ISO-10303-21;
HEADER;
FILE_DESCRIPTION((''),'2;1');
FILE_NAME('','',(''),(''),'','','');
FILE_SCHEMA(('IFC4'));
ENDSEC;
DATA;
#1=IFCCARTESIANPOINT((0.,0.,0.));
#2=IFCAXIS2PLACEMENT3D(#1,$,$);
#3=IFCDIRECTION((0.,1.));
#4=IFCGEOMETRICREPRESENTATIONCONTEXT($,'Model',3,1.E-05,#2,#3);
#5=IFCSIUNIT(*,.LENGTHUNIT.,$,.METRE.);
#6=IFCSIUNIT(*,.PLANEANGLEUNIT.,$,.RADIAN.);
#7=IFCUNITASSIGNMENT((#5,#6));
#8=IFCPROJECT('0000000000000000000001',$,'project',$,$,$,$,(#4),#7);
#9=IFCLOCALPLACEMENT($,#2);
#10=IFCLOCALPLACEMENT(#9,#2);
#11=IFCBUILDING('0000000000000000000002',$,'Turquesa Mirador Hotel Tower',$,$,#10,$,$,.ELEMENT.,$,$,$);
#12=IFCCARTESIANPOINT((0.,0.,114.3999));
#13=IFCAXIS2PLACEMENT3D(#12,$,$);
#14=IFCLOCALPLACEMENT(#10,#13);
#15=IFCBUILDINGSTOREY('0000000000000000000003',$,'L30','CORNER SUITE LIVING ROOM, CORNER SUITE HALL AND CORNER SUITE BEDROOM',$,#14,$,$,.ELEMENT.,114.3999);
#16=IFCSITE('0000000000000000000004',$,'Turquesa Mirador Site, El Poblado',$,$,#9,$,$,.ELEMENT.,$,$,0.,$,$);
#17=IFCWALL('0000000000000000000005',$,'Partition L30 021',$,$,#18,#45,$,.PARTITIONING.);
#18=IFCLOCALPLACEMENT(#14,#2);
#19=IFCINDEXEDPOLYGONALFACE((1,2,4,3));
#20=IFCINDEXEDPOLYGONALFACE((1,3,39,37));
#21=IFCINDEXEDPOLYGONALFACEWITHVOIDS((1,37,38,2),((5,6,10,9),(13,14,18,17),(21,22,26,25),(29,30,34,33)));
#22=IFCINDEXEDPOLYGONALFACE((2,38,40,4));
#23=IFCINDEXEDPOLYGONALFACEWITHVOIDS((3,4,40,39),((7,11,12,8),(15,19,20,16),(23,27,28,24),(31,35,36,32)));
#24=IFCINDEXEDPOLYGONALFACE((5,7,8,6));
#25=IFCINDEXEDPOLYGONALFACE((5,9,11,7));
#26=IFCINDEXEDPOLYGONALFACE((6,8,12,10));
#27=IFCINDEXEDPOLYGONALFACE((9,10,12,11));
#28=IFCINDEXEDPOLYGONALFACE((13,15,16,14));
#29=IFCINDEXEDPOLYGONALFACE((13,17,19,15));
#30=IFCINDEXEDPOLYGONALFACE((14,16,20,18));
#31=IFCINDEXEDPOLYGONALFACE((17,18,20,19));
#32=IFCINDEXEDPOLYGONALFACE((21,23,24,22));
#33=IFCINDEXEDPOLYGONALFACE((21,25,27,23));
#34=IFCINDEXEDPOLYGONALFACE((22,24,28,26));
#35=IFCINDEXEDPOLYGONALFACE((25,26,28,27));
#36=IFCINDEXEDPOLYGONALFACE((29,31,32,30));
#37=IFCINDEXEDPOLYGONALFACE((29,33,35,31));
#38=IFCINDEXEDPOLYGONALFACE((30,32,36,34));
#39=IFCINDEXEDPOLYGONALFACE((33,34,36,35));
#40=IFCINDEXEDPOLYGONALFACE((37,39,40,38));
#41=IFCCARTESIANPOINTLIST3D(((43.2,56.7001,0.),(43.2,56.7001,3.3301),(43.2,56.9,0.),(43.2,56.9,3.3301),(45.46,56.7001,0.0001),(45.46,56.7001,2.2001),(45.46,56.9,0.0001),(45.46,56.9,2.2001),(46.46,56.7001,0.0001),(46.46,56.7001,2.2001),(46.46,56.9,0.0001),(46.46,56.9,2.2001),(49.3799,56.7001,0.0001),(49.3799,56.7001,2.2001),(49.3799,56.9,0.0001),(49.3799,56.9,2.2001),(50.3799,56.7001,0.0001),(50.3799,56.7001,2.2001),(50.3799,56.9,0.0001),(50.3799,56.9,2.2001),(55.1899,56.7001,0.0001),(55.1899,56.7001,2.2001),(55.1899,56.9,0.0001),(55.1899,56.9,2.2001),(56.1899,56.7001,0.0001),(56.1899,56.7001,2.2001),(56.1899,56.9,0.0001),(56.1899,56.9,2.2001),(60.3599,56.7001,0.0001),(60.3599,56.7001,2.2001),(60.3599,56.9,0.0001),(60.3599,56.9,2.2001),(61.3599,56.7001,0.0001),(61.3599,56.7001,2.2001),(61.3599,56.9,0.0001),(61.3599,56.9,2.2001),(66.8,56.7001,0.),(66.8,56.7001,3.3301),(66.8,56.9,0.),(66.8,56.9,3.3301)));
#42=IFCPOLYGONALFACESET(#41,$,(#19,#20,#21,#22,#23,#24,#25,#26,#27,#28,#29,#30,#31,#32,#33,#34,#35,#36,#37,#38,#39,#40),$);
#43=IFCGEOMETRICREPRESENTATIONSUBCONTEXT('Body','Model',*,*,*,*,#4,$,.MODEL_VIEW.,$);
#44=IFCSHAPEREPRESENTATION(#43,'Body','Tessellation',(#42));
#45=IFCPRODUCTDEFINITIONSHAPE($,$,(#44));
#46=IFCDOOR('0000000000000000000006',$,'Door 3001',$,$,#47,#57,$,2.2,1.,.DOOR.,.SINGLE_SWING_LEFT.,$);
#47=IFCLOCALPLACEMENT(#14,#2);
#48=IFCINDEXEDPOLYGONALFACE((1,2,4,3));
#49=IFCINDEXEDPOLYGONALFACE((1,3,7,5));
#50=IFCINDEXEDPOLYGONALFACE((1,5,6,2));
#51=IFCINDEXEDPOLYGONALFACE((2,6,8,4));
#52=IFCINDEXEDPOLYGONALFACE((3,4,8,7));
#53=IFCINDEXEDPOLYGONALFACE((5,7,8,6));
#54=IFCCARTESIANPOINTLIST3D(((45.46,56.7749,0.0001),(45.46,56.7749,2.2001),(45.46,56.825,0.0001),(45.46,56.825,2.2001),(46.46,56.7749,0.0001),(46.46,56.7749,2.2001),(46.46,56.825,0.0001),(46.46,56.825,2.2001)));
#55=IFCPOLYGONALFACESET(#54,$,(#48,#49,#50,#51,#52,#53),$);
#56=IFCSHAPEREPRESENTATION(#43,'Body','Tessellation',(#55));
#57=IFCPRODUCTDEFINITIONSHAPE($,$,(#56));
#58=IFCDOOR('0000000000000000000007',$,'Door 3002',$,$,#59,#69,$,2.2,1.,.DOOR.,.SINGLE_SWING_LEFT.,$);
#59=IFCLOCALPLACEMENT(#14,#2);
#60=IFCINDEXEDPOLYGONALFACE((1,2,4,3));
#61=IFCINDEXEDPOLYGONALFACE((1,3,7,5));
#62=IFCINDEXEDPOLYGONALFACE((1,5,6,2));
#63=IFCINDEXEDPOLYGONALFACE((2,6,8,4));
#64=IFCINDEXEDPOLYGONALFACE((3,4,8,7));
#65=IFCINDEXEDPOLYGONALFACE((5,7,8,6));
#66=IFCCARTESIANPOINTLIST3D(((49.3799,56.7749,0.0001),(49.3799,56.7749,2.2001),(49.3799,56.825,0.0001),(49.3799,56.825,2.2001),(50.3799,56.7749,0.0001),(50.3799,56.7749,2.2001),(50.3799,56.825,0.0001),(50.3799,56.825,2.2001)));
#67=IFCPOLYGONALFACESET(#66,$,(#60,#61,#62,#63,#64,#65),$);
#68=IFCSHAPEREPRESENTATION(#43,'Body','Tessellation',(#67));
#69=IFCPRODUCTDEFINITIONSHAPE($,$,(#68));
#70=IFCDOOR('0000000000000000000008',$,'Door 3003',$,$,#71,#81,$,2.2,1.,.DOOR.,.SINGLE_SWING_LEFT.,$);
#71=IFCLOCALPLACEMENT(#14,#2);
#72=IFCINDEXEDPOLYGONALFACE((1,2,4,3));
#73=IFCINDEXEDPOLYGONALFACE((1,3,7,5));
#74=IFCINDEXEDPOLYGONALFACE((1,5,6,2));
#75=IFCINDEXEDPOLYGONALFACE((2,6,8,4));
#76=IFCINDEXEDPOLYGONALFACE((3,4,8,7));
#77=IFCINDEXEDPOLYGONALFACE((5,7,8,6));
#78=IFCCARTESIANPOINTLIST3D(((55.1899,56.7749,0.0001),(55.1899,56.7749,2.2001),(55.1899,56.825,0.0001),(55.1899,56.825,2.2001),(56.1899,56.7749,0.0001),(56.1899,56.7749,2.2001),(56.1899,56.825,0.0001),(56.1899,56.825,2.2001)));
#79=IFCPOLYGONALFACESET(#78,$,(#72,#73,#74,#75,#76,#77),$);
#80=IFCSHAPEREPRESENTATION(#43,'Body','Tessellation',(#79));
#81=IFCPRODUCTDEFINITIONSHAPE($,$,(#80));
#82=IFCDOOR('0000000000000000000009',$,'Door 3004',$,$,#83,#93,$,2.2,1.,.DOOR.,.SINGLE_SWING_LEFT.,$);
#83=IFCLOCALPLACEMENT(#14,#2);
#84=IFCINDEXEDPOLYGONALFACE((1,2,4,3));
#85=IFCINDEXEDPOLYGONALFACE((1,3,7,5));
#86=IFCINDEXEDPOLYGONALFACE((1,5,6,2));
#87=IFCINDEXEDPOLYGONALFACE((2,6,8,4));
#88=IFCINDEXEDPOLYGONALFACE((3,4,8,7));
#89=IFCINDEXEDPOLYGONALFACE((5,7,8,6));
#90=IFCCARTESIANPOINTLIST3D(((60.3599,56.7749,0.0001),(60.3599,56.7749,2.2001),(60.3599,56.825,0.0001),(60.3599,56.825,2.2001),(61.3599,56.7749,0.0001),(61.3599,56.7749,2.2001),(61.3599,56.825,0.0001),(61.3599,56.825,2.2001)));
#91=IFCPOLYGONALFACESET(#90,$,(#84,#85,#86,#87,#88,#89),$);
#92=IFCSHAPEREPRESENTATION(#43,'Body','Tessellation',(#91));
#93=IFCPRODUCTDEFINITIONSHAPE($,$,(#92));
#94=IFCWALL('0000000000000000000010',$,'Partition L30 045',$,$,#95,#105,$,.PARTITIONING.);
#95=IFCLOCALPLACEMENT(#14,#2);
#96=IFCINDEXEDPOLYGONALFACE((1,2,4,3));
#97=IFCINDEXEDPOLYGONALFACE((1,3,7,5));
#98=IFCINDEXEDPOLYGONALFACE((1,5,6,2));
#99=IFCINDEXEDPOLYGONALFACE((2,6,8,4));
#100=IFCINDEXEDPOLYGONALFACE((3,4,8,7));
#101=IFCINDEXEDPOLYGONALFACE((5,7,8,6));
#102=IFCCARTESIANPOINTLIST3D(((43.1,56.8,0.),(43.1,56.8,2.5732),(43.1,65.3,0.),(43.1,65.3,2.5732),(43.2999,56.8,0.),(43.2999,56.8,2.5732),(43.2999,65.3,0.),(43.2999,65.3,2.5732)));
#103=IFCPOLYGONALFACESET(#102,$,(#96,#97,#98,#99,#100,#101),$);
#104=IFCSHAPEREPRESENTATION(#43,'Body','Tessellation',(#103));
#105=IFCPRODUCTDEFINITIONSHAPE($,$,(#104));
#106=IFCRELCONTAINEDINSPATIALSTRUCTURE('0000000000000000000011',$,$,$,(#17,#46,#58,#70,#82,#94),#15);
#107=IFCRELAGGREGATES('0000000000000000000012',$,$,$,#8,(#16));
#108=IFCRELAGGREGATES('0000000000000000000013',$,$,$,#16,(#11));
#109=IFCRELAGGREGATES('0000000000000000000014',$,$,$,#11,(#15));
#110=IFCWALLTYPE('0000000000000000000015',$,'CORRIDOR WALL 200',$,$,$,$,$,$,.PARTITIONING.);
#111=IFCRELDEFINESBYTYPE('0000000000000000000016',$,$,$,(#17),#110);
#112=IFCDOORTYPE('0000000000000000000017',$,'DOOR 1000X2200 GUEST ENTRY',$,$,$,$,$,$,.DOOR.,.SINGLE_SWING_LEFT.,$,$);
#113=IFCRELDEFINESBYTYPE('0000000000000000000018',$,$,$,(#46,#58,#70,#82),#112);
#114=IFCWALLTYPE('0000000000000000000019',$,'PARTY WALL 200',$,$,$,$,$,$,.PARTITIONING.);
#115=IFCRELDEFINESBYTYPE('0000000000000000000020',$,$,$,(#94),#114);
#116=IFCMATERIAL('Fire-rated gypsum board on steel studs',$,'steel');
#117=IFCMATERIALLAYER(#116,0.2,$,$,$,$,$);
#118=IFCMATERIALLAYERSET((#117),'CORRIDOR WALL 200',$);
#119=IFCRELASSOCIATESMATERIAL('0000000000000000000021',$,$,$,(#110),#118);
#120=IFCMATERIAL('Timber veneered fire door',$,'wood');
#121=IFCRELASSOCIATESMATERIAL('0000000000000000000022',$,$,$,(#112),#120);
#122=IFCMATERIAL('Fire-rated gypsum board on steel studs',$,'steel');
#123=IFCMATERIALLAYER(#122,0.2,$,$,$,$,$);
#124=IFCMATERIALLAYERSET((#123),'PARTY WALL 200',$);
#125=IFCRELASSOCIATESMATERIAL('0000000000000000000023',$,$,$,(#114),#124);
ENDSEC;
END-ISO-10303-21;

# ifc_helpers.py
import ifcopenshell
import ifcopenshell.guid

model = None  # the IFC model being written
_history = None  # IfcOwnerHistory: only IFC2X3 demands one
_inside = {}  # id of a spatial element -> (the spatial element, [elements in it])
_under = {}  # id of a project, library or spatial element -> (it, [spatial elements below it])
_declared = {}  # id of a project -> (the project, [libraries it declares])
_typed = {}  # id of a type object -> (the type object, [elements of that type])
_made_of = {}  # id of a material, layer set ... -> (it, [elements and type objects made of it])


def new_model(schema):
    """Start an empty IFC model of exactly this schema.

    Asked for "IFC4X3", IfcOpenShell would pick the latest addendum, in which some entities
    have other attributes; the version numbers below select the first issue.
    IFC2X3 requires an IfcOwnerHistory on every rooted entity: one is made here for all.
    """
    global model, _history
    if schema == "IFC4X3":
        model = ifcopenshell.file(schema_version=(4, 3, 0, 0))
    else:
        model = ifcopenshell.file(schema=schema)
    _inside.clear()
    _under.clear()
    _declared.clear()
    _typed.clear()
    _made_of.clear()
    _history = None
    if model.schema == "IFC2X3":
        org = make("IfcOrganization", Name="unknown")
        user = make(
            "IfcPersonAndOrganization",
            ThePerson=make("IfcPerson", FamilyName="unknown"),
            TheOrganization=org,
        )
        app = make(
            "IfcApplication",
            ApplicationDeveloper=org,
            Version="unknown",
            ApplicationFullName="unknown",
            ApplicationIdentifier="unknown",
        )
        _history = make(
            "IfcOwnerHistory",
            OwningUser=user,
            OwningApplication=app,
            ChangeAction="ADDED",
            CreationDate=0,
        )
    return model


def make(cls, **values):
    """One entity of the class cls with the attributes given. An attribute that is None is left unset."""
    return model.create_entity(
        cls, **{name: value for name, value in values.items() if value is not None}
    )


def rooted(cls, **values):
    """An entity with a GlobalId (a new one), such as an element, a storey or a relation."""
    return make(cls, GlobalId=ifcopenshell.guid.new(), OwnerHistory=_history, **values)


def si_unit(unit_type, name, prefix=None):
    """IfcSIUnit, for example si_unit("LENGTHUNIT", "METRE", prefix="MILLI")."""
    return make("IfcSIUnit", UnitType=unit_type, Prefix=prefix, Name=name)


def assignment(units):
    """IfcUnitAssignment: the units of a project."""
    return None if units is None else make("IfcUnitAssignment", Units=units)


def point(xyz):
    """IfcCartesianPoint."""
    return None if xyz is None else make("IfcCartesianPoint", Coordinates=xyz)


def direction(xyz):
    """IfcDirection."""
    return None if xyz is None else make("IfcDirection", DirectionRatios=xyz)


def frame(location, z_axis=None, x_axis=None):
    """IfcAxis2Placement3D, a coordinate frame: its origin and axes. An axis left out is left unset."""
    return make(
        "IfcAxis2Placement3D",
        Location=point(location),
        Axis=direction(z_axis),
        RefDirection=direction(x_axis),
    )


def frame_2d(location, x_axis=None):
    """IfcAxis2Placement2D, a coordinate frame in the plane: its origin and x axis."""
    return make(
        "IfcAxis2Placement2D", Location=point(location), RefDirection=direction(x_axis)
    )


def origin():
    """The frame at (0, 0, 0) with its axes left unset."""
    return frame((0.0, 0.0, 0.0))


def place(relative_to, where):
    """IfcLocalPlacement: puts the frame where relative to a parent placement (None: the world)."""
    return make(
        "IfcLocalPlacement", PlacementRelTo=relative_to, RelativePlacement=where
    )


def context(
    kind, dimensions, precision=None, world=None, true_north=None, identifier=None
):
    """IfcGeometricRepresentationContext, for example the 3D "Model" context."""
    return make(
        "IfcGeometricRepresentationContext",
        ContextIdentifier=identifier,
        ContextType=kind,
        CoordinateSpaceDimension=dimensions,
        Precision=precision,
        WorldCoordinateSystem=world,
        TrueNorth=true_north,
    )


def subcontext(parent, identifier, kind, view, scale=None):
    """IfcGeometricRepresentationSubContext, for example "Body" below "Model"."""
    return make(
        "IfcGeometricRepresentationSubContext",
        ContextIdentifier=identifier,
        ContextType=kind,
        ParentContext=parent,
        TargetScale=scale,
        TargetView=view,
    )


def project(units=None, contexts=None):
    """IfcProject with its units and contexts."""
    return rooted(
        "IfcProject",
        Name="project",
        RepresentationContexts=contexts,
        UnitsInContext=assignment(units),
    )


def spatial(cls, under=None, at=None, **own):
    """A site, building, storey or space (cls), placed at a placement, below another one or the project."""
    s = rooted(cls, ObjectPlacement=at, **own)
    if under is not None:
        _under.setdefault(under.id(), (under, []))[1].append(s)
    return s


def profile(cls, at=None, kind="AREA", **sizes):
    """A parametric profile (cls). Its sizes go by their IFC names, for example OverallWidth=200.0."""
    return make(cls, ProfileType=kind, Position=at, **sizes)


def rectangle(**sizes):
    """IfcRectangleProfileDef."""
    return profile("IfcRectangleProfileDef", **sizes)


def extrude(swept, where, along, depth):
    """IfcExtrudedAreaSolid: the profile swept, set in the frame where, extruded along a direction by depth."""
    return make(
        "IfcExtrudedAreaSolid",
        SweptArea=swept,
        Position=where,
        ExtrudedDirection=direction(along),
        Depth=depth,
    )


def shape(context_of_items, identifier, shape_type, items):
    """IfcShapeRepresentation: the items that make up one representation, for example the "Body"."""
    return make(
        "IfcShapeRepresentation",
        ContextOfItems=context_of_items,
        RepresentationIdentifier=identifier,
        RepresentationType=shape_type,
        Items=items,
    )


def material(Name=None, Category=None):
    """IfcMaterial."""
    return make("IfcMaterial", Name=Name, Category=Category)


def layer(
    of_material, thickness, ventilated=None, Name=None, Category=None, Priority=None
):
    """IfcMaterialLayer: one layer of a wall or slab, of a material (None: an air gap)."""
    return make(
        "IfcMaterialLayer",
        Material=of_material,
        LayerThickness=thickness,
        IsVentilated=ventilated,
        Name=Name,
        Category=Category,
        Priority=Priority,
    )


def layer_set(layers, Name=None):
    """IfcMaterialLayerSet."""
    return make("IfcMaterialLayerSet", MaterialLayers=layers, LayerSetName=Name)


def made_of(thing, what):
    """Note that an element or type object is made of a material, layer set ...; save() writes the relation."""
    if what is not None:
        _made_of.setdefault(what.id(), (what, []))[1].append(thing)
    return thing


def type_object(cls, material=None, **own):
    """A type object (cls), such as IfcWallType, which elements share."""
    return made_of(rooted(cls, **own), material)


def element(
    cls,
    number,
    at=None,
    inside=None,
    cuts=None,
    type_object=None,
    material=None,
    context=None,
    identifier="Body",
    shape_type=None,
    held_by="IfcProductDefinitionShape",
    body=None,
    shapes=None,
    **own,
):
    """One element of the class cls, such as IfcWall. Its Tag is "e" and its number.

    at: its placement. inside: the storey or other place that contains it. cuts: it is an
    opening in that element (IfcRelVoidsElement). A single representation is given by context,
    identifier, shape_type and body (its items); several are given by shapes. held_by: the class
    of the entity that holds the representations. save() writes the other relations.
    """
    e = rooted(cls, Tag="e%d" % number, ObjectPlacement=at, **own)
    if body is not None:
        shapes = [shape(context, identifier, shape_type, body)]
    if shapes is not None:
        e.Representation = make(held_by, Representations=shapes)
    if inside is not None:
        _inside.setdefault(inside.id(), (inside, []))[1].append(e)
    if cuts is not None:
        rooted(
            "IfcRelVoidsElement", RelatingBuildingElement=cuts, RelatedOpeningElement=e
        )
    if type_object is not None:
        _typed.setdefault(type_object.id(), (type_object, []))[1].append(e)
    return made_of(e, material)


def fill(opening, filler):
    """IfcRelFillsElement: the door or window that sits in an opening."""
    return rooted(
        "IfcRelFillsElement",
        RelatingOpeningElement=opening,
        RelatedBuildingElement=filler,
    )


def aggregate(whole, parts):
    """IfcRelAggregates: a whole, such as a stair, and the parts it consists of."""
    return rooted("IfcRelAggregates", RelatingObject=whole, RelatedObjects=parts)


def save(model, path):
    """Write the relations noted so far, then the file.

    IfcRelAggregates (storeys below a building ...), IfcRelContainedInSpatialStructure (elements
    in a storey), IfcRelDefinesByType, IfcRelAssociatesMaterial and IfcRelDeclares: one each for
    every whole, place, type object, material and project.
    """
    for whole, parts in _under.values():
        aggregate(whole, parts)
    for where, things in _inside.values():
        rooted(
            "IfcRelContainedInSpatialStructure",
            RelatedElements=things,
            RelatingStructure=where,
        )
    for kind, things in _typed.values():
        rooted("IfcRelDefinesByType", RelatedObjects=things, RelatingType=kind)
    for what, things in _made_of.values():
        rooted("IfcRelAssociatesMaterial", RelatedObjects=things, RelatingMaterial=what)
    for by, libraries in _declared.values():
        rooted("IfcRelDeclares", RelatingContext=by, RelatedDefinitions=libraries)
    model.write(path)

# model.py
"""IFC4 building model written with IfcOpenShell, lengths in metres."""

from ifc_helpers import new_model, si_unit, direction, frame, frame_2d, origin, place, context, subcontext, project, spatial, rectangle, extrude, material, layer, layer_set, type_object, element, fill, save


model = new_model("IFC4")

# Units and contexts
model_context = context("Model", 3, precision=1e-05, world=origin(), true_north=direction((0.0, 1.0)))
body_context = subcontext(model_context, "Body", "Model", "MODEL_VIEW")
ifc_project = project(units=[si_unit("LENGTHUNIT", "METRE"), si_unit("PLANEANGLEUNIT", "RADIAN")], contexts=[model_context])

# Site, building, storey
site_placement = place(None, origin())
site = spatial("IfcSite", under=ifc_project, at=site_placement, Name="Turquesa Mirador Site, El Poblado", CompositionType="ELEMENT", RefElevation=0.0)
building_placement = place(site_placement, origin())
building = spatial("IfcBuilding", under=site, at=building_placement, Name="Turquesa Mirador Hotel Tower", CompositionType="ELEMENT")
storey_placement = place(building_placement, frame((0.0, 0.0, 114.3999)))
storey = spatial("IfcBuildingStorey", under=building, at=storey_placement, Name="L30", Description="CORNER SUITE LIVING ROOM, CORNER SUITE HALL AND CORNER SUITE BEDROOM", CompositionType="ELEMENT", Elevation=114.3999)

# Wall, openings, doors
ifc_material_1 = material(Name="Fire-rated gypsum board on steel studs", Category="steel")
ifc_layer_1 = layer(ifc_material_1, 0.2)
ifc_layer_set_1 = layer_set([ifc_layer_1], Name="CORRIDOR WALL 200")
wall_type_1 = type_object("IfcWallType", Name="CORRIDOR WALL 200", PredefinedType="PARTITIONING", material=ifc_layer_set_1)
wall_1_placement = place(storey_placement, frame((43.2, 56.8, 0.0), z_axis=(0.0, 0.0, 1.0), x_axis=(1.0, 0.0, 0.0)))
wall_1 = element("IfcWall", 1, at=wall_1_placement, inside=storey, type_object=wall_type_1, Name="Partition L30 021", PredefinedType="PARTITIONING", context=body_context, shape_type="SweptSolid", body=[
    extrude(rectangle(XDim=23.6001, YDim=0.2, at=frame_2d((11.8, 0.0))), origin(), (0.0, 0.0, 1.0), 3.3301),
])
opening_1_placement = place(wall_1_placement, frame((2.26, 0.0, 0.0)))
opening_1 = element("IfcOpeningElement", 2, at=opening_1_placement, cuts=wall_1, PredefinedType="OPENING", context=body_context, shape_type="SweptSolid", body=[
    extrude(rectangle(XDim=1.0, YDim=2.2, at=frame_2d((0.5, 1.1001))), frame((0.0, 0.1099, 0.0), z_axis=(0.0, -1.0, 0.0), x_axis=(1.0, 0.0, 0.0)), (0.0, 0.0, 1.0), 0.22),
])
opening_2_placement = place(wall_1_placement, frame((6.1799, 0.0, 0.0)))
opening_2 = element("IfcOpeningElement", 3, at=opening_2_placement, cuts=wall_1, PredefinedType="OPENING", context=body_context, shape_type="SweptSolid", body=[
    extrude(rectangle(XDim=1.0, YDim=2.2, at=frame_2d((0.5, 1.1001))), frame((0.0, 0.1099, 0.0), z_axis=(0.0, -1.0, 0.0), x_axis=(1.0, 0.0, 0.0)), (0.0, 0.0, 1.0), 0.22),
])
opening_3_placement = place(wall_1_placement, frame((11.99, 0.0, 0.0)))
opening_3 = element("IfcOpeningElement", 4, at=opening_3_placement, cuts=wall_1, PredefinedType="OPENING", context=body_context, shape_type="SweptSolid", body=[
    extrude(rectangle(XDim=1.0, YDim=2.2, at=frame_2d((0.5, 1.1001))), frame((0.0, 0.1099, 0.0), z_axis=(0.0, -1.0, 0.0), x_axis=(1.0, 0.0, 0.0)), (0.0, 0.0, 1.0), 0.22),
])
opening_4_placement = place(wall_1_placement, frame((17.1599, 0.0, 0.0)))
opening_4 = element("IfcOpeningElement", 5, at=opening_4_placement, cuts=wall_1, PredefinedType="OPENING", context=body_context, shape_type="SweptSolid", body=[
    extrude(rectangle(XDim=1.0, YDim=2.2, at=frame_2d((0.5, 1.1001))), frame((0.0, 0.1099, 0.0), z_axis=(0.0, -1.0, 0.0), x_axis=(1.0, 0.0, 0.0)), (0.0, 0.0, 1.0), 0.22),
])
ifc_material_2 = material(Name="Timber veneered fire door", Category="wood")
door_type = type_object("IfcDoorType", Name="DOOR 1000X2200 GUEST ENTRY", OperationType="SINGLE_SWING_LEFT", PredefinedType="DOOR", material=ifc_material_2)
door_1_placement = place(opening_1_placement, origin())
door_1 = element("IfcDoor", 6, at=door_1_placement, inside=storey, type_object=door_type, Name="Door 3001", OperationType="SINGLE_SWING_LEFT", OverallHeight=2.2, OverallWidth=1.0, PredefinedType="DOOR", context=body_context, shape_type="SweptSolid", body=[
    extrude(rectangle(XDim=1.0, YDim=2.2, at=frame_2d((0.5, 1.1001))), frame((0.0, 0.0249, 0.0), z_axis=(0.0, -1.0, 0.0), x_axis=(1.0, 0.0, 0.0)), (0.0, 0.0, 1.0), 0.05),
])
fill(opening_1, door_1)
door_2_placement = place(opening_2_placement, origin())
door_2 = element("IfcDoor", 7, at=door_2_placement, inside=storey, type_object=door_type, Name="Door 3002", OperationType="SINGLE_SWING_LEFT", OverallHeight=2.2, OverallWidth=1.0, PredefinedType="DOOR", context=body_context, shape_type="SweptSolid", body=[
    extrude(rectangle(XDim=1.0, YDim=2.2, at=frame_2d((0.5, 1.1001))), frame((0.0, 0.0249, 0.0), z_axis=(0.0, -1.0, 0.0), x_axis=(1.0, 0.0, 0.0)), (0.0, 0.0, 1.0), 0.05),
])
fill(opening_2, door_2)
door_3_placement = place(opening_3_placement, origin())
door_3 = element("IfcDoor", 8, at=door_3_placement, inside=storey, type_object=door_type, Name="Door 3003", OperationType="SINGLE_SWING_LEFT", OverallHeight=2.2, OverallWidth=1.0, PredefinedType="DOOR", context=body_context, shape_type="SweptSolid", body=[
    extrude(rectangle(XDim=1.0, YDim=2.2, at=frame_2d((0.5, 1.1001))), frame((0.0, 0.0249, 0.0), z_axis=(0.0, -1.0, 0.0), x_axis=(1.0, 0.0, 0.0)), (0.0, 0.0, 1.0), 0.05),
])
fill(opening_3, door_3)
door_4_placement = place(opening_4_placement, origin())
door_4 = element("IfcDoor", 9, at=door_4_placement, inside=storey, type_object=door_type, Name="Door 3004", OperationType="SINGLE_SWING_LEFT", OverallHeight=2.2, OverallWidth=1.0, PredefinedType="DOOR", context=body_context, shape_type="SweptSolid", body=[
    extrude(rectangle(XDim=1.0, YDim=2.2, at=frame_2d((0.5, 1.1001))), frame((0.0, 0.0249, 0.0), z_axis=(0.0, -1.0, 0.0), x_axis=(1.0, 0.0, 0.0)), (0.0, 0.0, 1.0), 0.05),
])
fill(opening_4, door_4)

# Wall
ifc_material_3 = material(Name="Fire-rated gypsum board on steel studs", Category="steel")
ifc_layer_2 = layer(ifc_material_3, 0.2)
ifc_layer_set_2 = layer_set([ifc_layer_2], Name="PARTY WALL 200")
wall_type_2 = type_object("IfcWallType", Name="PARTY WALL 200", PredefinedType="PARTITIONING", material=ifc_layer_set_2)
wall_2_placement = place(storey_placement, frame((43.2, 56.8, 0.0), z_axis=(0.0, 0.0, 1.0), x_axis=(0.0, 1.0, 0.0)))
element("IfcWall", 10, at=wall_2_placement, inside=storey, type_object=wall_type_2, Name="Partition L30 045", PredefinedType="PARTITIONING", context=body_context, shape_type="SweptSolid", body=[
    extrude(rectangle(XDim=8.5, YDim=0.2, at=frame_2d((4.25, 0.0))), origin(), (0.0, 0.0, 1.0), 2.5732),
])

save(model, "model.ifc")
